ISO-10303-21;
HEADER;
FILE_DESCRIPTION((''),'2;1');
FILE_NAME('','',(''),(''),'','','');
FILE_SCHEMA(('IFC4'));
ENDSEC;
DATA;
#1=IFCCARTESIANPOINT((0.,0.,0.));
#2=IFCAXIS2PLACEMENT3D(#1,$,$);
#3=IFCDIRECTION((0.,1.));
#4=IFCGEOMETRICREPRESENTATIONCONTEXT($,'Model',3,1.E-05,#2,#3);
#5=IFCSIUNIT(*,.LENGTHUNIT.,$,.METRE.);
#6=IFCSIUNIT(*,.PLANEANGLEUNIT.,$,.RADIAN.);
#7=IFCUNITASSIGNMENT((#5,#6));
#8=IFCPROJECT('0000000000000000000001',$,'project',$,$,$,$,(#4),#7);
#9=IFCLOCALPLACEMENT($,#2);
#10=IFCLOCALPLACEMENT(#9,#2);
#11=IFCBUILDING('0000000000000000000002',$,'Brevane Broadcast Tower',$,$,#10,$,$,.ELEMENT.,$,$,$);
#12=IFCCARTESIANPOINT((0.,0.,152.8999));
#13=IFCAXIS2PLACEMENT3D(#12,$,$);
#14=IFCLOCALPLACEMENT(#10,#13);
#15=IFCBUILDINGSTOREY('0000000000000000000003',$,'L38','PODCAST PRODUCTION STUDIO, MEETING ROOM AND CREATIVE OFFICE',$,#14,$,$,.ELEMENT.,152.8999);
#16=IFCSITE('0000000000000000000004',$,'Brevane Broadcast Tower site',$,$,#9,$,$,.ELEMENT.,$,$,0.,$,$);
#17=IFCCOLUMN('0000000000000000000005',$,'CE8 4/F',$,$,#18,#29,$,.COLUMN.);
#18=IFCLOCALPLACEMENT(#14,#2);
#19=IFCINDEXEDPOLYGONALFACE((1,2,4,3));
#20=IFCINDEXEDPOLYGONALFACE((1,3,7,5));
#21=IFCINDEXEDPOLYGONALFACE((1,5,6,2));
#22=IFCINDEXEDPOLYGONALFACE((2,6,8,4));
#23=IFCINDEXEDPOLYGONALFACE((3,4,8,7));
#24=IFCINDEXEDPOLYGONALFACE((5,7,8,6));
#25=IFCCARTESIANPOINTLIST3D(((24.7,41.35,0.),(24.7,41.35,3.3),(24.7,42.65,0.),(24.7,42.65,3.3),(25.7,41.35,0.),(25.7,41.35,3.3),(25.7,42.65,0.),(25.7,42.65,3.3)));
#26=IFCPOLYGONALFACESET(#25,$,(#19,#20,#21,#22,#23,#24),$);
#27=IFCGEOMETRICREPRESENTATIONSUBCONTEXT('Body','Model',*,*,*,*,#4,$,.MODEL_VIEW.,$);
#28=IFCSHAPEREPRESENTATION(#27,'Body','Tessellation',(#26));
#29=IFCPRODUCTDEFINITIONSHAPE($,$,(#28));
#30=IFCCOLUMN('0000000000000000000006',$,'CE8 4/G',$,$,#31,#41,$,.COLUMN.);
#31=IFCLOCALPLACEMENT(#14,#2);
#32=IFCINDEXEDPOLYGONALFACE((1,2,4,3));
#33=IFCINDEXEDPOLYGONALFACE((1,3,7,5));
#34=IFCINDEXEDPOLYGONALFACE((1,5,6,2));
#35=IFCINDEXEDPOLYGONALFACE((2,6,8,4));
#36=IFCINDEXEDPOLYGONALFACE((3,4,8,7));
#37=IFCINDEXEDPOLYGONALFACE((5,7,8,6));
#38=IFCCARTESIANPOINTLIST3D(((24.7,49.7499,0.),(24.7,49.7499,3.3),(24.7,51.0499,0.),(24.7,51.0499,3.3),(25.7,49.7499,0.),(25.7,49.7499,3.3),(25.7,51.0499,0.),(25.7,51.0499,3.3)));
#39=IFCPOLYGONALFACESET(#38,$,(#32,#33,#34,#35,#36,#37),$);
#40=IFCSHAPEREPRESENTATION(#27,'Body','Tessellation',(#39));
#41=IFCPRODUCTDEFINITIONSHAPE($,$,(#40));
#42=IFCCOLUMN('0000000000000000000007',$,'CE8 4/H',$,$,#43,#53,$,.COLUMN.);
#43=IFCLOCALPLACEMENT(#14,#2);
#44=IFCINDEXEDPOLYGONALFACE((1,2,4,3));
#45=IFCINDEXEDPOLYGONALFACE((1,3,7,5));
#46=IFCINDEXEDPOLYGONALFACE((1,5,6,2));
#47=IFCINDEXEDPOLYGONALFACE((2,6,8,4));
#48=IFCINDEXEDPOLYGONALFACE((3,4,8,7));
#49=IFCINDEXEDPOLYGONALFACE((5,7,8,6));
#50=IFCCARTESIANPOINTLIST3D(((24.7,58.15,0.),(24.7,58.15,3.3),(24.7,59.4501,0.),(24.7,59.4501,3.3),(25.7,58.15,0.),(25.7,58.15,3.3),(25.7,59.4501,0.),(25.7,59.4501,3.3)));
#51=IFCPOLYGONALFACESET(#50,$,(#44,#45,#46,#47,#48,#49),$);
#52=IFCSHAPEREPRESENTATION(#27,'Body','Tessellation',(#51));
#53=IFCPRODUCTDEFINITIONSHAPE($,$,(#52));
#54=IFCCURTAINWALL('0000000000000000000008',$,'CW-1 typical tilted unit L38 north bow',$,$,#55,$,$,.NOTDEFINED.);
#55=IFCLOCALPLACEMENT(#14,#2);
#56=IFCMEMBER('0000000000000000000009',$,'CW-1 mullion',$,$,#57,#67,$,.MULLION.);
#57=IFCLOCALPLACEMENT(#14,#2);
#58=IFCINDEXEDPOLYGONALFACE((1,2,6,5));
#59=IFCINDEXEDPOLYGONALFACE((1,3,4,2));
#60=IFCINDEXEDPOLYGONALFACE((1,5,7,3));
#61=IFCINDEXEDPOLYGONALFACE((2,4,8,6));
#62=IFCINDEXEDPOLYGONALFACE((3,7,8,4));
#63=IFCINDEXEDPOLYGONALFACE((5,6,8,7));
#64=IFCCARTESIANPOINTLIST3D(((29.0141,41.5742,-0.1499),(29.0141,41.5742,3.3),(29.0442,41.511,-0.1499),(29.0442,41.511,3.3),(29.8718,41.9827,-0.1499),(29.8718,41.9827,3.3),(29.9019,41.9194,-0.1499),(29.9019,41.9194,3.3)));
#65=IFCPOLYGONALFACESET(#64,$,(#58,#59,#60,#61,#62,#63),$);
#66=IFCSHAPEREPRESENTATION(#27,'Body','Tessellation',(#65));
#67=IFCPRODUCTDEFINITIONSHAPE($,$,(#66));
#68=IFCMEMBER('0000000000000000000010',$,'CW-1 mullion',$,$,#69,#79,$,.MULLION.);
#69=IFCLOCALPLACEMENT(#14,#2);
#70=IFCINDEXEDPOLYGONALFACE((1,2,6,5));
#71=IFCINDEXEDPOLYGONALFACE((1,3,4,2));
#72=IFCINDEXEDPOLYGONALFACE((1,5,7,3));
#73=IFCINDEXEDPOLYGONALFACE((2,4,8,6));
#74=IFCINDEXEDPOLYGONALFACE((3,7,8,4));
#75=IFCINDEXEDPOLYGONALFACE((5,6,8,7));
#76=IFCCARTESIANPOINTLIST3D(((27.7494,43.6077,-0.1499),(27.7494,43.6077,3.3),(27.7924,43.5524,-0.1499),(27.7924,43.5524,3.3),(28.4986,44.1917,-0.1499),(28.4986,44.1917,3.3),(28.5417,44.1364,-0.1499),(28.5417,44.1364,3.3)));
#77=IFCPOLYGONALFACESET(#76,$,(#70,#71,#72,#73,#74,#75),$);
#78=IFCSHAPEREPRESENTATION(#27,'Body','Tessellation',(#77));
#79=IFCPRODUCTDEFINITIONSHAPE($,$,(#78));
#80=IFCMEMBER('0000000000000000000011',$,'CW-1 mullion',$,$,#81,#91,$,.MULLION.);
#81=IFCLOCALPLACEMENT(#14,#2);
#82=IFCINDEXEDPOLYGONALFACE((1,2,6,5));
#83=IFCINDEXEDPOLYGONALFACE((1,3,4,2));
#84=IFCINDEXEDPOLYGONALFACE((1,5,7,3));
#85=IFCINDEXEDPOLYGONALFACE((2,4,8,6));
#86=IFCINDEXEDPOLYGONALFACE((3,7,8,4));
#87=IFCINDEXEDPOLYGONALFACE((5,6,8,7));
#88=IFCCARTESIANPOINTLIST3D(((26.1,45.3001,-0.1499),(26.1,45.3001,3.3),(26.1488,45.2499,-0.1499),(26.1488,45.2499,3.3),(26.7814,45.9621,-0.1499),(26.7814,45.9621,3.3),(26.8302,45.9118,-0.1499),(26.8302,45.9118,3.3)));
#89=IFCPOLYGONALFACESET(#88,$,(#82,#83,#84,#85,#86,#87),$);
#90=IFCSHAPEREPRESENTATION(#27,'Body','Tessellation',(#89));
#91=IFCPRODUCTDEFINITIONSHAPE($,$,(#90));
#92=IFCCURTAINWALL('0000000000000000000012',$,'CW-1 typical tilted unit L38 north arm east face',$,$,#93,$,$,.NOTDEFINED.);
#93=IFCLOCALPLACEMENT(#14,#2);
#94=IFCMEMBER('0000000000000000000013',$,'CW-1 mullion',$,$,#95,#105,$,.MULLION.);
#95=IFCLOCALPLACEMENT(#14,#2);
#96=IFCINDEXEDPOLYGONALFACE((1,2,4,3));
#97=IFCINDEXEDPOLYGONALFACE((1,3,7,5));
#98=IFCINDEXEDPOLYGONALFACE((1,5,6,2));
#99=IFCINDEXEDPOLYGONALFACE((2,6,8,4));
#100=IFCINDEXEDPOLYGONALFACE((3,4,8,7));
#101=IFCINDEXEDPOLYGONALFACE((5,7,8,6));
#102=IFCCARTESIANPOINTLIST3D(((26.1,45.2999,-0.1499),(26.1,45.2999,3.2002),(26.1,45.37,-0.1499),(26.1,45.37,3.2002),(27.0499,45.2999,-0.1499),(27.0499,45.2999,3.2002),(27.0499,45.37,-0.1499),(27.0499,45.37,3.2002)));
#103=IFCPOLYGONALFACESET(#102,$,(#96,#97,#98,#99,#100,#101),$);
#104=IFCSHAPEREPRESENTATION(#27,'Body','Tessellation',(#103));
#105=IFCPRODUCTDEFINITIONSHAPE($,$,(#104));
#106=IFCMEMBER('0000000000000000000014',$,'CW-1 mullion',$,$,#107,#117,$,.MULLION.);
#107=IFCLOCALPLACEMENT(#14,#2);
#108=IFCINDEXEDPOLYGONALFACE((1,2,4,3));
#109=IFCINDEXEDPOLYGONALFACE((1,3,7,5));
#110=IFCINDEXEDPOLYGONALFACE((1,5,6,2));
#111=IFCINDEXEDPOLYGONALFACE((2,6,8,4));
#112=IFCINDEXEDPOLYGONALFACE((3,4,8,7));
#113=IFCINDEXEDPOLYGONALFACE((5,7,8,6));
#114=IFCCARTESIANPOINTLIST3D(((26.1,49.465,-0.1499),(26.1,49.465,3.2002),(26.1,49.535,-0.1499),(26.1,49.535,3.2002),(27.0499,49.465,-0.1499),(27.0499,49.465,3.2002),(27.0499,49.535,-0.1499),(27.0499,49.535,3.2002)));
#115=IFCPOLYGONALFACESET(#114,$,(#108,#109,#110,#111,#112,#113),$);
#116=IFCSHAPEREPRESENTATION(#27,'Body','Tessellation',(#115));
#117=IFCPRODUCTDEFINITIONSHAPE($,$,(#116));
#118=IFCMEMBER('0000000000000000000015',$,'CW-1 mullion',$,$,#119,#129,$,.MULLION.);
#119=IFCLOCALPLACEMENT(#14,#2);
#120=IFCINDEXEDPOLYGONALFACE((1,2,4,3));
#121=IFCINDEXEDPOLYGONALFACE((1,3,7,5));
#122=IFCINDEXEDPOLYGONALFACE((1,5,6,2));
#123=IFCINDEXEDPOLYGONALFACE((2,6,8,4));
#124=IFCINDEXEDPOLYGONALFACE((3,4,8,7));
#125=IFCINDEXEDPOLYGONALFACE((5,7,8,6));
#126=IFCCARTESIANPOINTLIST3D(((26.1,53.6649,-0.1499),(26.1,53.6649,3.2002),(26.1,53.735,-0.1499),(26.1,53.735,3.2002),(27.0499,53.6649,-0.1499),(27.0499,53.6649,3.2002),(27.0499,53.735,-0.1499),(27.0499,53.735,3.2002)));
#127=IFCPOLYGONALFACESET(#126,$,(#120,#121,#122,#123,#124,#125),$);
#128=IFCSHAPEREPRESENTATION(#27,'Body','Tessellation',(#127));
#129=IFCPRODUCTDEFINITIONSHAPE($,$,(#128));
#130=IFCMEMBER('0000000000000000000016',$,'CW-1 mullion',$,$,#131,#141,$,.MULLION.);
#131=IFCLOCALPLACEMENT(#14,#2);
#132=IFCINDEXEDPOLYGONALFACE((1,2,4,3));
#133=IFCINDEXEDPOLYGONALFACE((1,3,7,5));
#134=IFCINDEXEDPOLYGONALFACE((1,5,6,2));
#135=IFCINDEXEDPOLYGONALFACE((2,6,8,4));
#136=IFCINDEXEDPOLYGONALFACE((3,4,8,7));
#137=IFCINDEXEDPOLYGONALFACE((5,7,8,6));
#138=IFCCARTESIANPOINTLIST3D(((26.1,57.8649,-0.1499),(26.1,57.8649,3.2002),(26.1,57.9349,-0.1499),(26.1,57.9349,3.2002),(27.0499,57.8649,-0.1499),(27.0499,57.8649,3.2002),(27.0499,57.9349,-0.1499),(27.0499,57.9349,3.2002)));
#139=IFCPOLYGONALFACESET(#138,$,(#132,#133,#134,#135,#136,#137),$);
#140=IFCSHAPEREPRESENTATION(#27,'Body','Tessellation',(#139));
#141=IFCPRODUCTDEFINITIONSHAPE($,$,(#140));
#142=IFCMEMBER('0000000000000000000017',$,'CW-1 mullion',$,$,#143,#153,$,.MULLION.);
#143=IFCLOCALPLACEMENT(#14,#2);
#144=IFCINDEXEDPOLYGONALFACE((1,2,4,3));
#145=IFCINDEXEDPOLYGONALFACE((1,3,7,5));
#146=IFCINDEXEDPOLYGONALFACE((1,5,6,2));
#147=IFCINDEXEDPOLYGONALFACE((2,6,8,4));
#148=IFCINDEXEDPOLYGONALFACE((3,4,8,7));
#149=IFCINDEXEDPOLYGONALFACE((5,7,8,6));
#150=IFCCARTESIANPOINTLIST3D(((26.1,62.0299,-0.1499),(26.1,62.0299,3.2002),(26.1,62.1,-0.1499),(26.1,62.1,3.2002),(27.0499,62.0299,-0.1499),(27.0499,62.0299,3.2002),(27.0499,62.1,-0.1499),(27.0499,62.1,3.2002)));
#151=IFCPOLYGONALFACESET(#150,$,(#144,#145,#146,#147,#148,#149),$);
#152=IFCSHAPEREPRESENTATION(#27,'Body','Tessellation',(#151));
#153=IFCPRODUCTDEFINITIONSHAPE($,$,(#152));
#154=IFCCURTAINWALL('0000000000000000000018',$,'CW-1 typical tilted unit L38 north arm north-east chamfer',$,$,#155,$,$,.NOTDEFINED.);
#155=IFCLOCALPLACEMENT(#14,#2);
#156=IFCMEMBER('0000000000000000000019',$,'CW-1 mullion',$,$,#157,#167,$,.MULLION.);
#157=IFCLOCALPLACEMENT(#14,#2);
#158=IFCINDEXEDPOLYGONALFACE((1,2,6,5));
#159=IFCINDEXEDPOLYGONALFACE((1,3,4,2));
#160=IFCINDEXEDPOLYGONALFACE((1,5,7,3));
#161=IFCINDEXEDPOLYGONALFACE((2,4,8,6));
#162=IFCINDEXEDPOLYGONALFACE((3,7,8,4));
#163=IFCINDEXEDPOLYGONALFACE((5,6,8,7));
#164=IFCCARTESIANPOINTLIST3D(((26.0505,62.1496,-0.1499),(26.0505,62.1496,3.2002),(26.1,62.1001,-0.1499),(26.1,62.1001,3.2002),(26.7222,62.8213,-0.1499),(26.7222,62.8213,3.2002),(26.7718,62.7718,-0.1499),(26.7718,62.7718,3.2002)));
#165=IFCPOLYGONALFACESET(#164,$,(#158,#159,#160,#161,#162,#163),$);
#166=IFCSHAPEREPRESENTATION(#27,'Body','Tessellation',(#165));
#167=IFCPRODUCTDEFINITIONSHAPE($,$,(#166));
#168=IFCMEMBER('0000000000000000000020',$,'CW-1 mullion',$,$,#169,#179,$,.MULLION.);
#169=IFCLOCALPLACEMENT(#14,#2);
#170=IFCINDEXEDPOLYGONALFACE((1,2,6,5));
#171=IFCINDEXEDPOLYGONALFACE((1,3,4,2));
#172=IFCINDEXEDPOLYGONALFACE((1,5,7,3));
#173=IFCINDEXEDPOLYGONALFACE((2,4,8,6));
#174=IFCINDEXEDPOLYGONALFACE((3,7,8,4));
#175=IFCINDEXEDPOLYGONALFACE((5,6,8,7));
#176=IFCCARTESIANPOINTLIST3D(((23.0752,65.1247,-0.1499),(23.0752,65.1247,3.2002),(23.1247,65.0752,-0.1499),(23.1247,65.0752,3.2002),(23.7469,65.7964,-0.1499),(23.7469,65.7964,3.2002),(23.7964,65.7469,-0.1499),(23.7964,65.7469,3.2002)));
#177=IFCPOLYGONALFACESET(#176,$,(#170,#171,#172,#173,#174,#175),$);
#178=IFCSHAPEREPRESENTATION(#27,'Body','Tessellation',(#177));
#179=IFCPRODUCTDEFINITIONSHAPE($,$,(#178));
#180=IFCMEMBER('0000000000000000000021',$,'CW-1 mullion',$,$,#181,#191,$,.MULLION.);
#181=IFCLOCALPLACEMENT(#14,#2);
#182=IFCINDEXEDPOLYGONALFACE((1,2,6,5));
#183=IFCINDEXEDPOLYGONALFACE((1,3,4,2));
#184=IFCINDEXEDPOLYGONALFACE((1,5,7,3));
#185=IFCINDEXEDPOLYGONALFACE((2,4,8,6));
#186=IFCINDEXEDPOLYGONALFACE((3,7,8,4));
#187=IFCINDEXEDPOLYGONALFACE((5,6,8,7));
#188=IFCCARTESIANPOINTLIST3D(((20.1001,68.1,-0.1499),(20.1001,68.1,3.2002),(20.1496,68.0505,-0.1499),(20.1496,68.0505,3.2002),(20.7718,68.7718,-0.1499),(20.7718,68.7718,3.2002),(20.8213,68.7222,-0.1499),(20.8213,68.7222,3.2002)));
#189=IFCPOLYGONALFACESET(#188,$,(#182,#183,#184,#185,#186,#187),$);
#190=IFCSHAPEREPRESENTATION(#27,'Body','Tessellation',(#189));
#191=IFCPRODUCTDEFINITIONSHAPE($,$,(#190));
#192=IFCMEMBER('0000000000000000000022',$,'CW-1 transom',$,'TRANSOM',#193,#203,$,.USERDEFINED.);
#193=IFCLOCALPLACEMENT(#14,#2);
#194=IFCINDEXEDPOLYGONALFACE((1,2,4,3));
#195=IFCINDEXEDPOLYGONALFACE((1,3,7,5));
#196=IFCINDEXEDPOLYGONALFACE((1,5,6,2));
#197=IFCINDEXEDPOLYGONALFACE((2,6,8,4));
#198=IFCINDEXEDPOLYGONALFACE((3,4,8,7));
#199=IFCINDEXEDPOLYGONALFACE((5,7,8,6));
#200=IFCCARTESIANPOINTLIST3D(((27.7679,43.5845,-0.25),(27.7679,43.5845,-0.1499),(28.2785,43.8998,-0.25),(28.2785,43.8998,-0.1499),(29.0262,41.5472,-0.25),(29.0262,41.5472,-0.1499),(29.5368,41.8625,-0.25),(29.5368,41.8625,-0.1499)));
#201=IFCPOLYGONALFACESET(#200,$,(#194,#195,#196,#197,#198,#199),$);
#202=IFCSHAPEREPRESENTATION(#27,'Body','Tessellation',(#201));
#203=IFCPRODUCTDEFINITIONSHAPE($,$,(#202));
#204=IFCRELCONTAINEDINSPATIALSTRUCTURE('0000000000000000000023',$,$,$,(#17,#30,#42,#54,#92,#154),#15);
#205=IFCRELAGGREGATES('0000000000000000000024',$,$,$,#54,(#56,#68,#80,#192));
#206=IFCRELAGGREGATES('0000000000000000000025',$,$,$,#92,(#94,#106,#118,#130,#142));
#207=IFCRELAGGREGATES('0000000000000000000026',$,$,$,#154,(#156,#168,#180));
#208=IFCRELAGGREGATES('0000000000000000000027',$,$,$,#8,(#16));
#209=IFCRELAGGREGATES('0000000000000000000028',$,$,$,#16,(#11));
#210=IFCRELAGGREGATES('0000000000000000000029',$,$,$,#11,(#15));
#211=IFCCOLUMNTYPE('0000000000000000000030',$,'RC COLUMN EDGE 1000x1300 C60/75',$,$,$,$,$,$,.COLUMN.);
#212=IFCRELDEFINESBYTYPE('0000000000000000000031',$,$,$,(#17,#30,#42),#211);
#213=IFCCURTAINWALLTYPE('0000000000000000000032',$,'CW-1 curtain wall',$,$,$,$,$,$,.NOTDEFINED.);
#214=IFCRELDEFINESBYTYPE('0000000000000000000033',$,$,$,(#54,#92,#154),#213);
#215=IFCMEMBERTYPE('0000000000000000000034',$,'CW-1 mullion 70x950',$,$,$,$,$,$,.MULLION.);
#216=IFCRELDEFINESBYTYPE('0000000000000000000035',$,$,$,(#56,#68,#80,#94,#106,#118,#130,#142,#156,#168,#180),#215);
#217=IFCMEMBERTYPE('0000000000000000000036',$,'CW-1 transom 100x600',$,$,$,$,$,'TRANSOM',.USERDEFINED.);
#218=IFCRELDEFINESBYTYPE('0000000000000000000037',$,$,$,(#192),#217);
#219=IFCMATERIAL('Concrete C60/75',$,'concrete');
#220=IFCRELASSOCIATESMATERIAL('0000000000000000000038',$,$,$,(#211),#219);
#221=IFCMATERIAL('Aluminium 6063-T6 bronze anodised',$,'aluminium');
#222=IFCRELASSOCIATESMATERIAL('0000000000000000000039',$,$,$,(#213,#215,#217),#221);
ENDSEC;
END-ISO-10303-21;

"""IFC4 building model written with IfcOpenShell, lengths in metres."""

from ifc_helpers import new_model, si_unit, direction, frame, origin, origin_2d, place, context, subcontext, project, spatial, rectangle, extrude, material, material_profile, profile_set, type_object, element, aggregate, save


model = new_model("IFC4")

# Units and contexts
model_context = context("Model", 3, precision=1e-05, world=origin(), true_north=direction((0.0, 1.0)))
body_context = subcontext(model_context, "Body", "Model", "MODEL_VIEW")
ifc_project = project(units=[si_unit("LENGTHUNIT", "METRE"), si_unit("PLANEANGLEUNIT", "RADIAN")], contexts=[model_context])

# Site, building, storey
site_placement = place(None, origin())
site = spatial("IfcSite", under=ifc_project, at=site_placement, Name="Brevane Broadcast Tower site", CompositionType="ELEMENT", RefElevation=0.0)
building_placement = place(site_placement, origin())
building = spatial("IfcBuilding", under=site, at=building_placement, Name="Brevane Broadcast Tower", CompositionType="ELEMENT")
storey_placement = place(building_placement, frame((0.0, 0.0, 152.8999)))
storey = spatial("IfcBuildingStorey", under=building, at=storey_placement, Name="L38", Description="PODCAST PRODUCTION STUDIO, MEETING ROOM AND CREATIVE OFFICE", CompositionType="ELEMENT", Elevation=152.8999)

# Columns
ifc_material_1 = material(Name="Concrete C60/75", Category="concrete")
ifc_material_profile_1 = material_profile(ifc_material_1, rectangle(XDim=1.0, YDim=1.3, at=origin_2d()), Name="RC 1000x1300")
ifc_profile_set_1 = profile_set([ifc_material_profile_1], Name="Concrete C60/75")
column_type = type_object("IfcColumnType", Name="RC COLUMN EDGE 1000x1300 C60/75", PredefinedType="COLUMN", material=ifc_profile_set_1)
for number, where, z_axis, x_axis, name in (
    (1, (25.2, 42.0, 0.0), (0.0, 0.0, 1.0), (1.0, 0.0, 0.0), "CE8 4/F"),
    (2, (25.2, 50.3999, 0.0), (0.0, 0.0, 1.0), (1.0, 0.0, 0.0), "CE8 4/G"),
    (3, (25.2, 58.8, 0.0), (0.0, 0.0, 1.0), (1.0, 0.0, 0.0), "CE8 4/H"),
):
    element("IfcColumn", number, at=place(storey_placement, frame(where, z_axis=z_axis, x_axis=x_axis)), inside=storey, type_object=column_type, Name=name, PredefinedType="COLUMN", context=body_context, shape_type="SweptSolid", body=[
        extrude(rectangle(XDim=1.0, YDim=1.3, at=origin_2d()), origin(), (0.0, 0.0, 1.0), 3.3),
    ])

# Curtain walls, members
ifc_material_2 = material(Name="Aluminium 6063-T6 bronze anodised", Category="aluminium")
curtain_wall_type = type_object("IfcCurtainWallType", Name="CW-1 curtain wall", PredefinedType="NOTDEFINED", material=ifc_material_2)
curtain_wall_1_placement = place(storey_placement, origin())
curtain_wall_1 = element("IfcCurtainWall", 4, at=curtain_wall_1_placement, inside=storey, type_object=curtain_wall_type, Name="CW-1 typical tilted unit L38 north bow", PredefinedType="NOTDEFINED")
ifc_material_profile_2 = material_profile(ifc_material_2, rectangle(XDim=0.95, YDim=0.0701, at=origin_2d()), Name="RECT 70x950")
ifc_profile_set_2 = profile_set([ifc_material_profile_2], Name="Aluminium 6063-T6 bronze anodised")
member_type_1 = type_object("IfcMemberType", Name="CW-1 mullion 70x950", PredefinedType="MULLION", material=ifc_profile_set_2)
member_1_placement = place(storey_placement, frame((29.458, 41.7468, -0.1499), z_axis=(0.0, 0.0, 1.0), x_axis=(-0.902861, -0.429934, 0.0)))
member_1 = element("IfcMember", 5, at=member_1_placement, type_object=member_type_1, Name="CW-1 mullion", PredefinedType="MULLION", context=body_context, shape_type="SweptSolid", body=[
    extrude(rectangle(XDim=0.95, YDim=0.0701, at=origin_2d()), origin(), (0.0, 0.0, 1.0), 3.45),
])
member_2_placement = place(storey_placement, frame((28.1455, 43.8721, -0.1499), z_axis=(0.0, 0.0, 1.0), x_axis=(-0.788707, -0.61477, 0.0)))
member_2 = element("IfcMember", 6, at=member_2_placement, type_object=member_type_1, Name="CW-1 mullion", PredefinedType="MULLION", context=body_context, shape_type="SweptSolid", body=[
    extrude(rectangle(XDim=0.95, YDim=0.0701, at=origin_2d()), origin(), (0.0, 0.0, 1.0), 3.45),
])
member_3_placement = place(storey_placement, frame((26.4651, 45.606, -0.1499), z_axis=(0.0, 0.0, 1.0), x_axis=(-0.717254, -0.696812, 0.0)))
member_3 = element("IfcMember", 7, at=member_3_placement, type_object=member_type_1, Name="CW-1 mullion", PredefinedType="MULLION", context=body_context, shape_type="SweptSolid", body=[
    extrude(rectangle(XDim=0.95, YDim=0.0701, at=origin_2d()), origin(), (0.0, 0.0, 1.0), 3.45),
])
curtain_wall_2_placement = place(storey_placement, origin())
curtain_wall_2 = element("IfcCurtainWall", 8, at=curtain_wall_2_placement, inside=storey, type_object=curtain_wall_type, Name="CW-1 typical tilted unit L38 north arm east face", PredefinedType="NOTDEFINED")
member_4_placement = place(storey_placement, frame((26.575, 45.335, -0.1499), z_axis=(0.0, 0.0, 1.0), x_axis=(-1.0, 0.0, 0.0)))
member_4 = element("IfcMember", 9, at=member_4_placement, type_object=member_type_1, Name="CW-1 mullion", PredefinedType="MULLION", context=body_context, shape_type="SweptSolid", body=[
    extrude(rectangle(XDim=0.95, YDim=0.0701, at=origin_2d()), origin(), (0.0, 0.0, 1.0), 3.3501),
])
member_5_placement = place(storey_placement, frame((26.575, 49.5, -0.1499), z_axis=(0.0, 0.0, 1.0), x_axis=(-1.0, 0.0, 0.0)))
member_5 = element("IfcMember", 10, at=member_5_placement, type_object=member_type_1, Name="CW-1 mullion", PredefinedType="MULLION", context=body_context, shape_type="SweptSolid", body=[
    extrude(rectangle(XDim=0.95, YDim=0.0701, at=origin_2d()), origin(), (0.0, 0.0, 1.0), 3.3501),
])
member_6_placement = place(storey_placement, frame((26.575, 53.7, -0.1499), z_axis=(0.0, 0.0, 1.0), x_axis=(-1.0, 0.0, 0.0)))
member_6 = element("IfcMember", 11, at=member_6_placement, type_object=member_type_1, Name="CW-1 mullion", PredefinedType="MULLION", context=body_context, shape_type="SweptSolid", body=[
    extrude(rectangle(XDim=0.95, YDim=0.0701, at=origin_2d()), origin(), (0.0, 0.0, 1.0), 3.3501),
])
member_7_placement = place(storey_placement, frame((26.575, 57.8999, -0.1499), z_axis=(0.0, 0.0, 1.0), x_axis=(-1.0, 0.0, 0.0)))
member_7 = element("IfcMember", 12, at=member_7_placement, type_object=member_type_1, Name="CW-1 mullion", PredefinedType="MULLION", context=body_context, shape_type="SweptSolid", body=[
    extrude(rectangle(XDim=0.95, YDim=0.0701, at=origin_2d()), origin(), (0.0, 0.0, 1.0), 3.3501),
])
member_8_placement = place(storey_placement, frame((26.575, 62.0649, -0.1499), z_axis=(0.0, 0.0, 1.0), x_axis=(-1.0, 0.0, 0.0)))
member_8 = element("IfcMember", 13, at=member_8_placement, type_object=member_type_1, Name="CW-1 mullion", PredefinedType="MULLION", context=body_context, shape_type="SweptSolid", body=[
    extrude(rectangle(XDim=0.95, YDim=0.0701, at=origin_2d()), origin(), (0.0, 0.0, 1.0), 3.3501),
])
curtain_wall_3_placement = place(storey_placement, origin())
curtain_wall_3 = element("IfcCurtainWall", 14, at=curtain_wall_3_placement, inside=storey, type_object=curtain_wall_type, Name="CW-1 typical tilted unit L38 north arm north-east chamfer", PredefinedType="NOTDEFINED")
member_9_placement = place(storey_placement, frame((26.4111, 62.4607, -0.1499), z_axis=(0.0, 0.0, 1.0), x_axis=(-0.707107, -0.707107, 0.0)))
member_9 = element("IfcMember", 15, at=member_9_placement, type_object=member_type_1, Name="CW-1 mullion", PredefinedType="MULLION", context=body_context, shape_type="SweptSolid", body=[
    extrude(rectangle(XDim=0.95, YDim=0.0701, at=origin_2d()), origin(), (0.0, 0.0, 1.0), 3.3501),
])
member_10_placement = place(storey_placement, frame((23.4358, 65.4358, -0.1499), z_axis=(0.0, 0.0, 1.0), x_axis=(-0.707107, -0.707107, 0.0)))
member_10 = element("IfcMember", 16, at=member_10_placement, type_object=member_type_1, Name="CW-1 mullion", PredefinedType="MULLION", context=body_context, shape_type="SweptSolid", body=[
    extrude(rectangle(XDim=0.95, YDim=0.0701, at=origin_2d()), origin(), (0.0, 0.0, 1.0), 3.3501),
])
member_11_placement = place(storey_placement, frame((20.4607, 68.4111, -0.1499), z_axis=(0.0, 0.0, 1.0), x_axis=(-0.707107, -0.707107, 0.0)))
member_11 = element("IfcMember", 17, at=member_11_placement, type_object=member_type_1, Name="CW-1 mullion", PredefinedType="MULLION", context=body_context, shape_type="SweptSolid", body=[
    extrude(rectangle(XDim=0.95, YDim=0.0701, at=origin_2d()), origin(), (0.0, 0.0, 1.0), 3.3501),
])

# Member
ifc_material_profile_3 = material_profile(ifc_material_2, rectangle(XDim=0.6001, YDim=0.1001, at=origin_2d()), Name="RECT 100x600")
ifc_profile_set_3 = profile_set([ifc_material_profile_3], Name="Aluminium 6063-T6 bronze anodised")
member_type_2 = type_object("IfcMemberType", Name="CW-1 transom 100x600", ElementType="TRANSOM", PredefinedType="USERDEFINED", material=ifc_profile_set_3)
member_12_placement = place(storey_placement, frame((29.2815, 41.7048, -0.2), z_axis=(-0.525473, 0.85081, 0.0), x_axis=(-0.85081, -0.525473, 0.0)))
member_12 = element("IfcMember", 18, at=member_12_placement, type_object=member_type_2, Name="CW-1 transom", ObjectType="TRANSOM", PredefinedType="USERDEFINED", context=body_context, shape_type="SweptSolid", body=[
    extrude(rectangle(XDim=0.6001, YDim=0.1001, at=origin_2d()), origin(), (0.0, 0.0, 1.0), 2.3945),
])
aggregate(curtain_wall_1, [member_1, member_2, member_3, member_12])
aggregate(curtain_wall_2, [member_4, member_5, member_6, member_7, member_8])
aggregate(curtain_wall_3, [member_9, member_10, member_11])

save(model, "model.ifc")
